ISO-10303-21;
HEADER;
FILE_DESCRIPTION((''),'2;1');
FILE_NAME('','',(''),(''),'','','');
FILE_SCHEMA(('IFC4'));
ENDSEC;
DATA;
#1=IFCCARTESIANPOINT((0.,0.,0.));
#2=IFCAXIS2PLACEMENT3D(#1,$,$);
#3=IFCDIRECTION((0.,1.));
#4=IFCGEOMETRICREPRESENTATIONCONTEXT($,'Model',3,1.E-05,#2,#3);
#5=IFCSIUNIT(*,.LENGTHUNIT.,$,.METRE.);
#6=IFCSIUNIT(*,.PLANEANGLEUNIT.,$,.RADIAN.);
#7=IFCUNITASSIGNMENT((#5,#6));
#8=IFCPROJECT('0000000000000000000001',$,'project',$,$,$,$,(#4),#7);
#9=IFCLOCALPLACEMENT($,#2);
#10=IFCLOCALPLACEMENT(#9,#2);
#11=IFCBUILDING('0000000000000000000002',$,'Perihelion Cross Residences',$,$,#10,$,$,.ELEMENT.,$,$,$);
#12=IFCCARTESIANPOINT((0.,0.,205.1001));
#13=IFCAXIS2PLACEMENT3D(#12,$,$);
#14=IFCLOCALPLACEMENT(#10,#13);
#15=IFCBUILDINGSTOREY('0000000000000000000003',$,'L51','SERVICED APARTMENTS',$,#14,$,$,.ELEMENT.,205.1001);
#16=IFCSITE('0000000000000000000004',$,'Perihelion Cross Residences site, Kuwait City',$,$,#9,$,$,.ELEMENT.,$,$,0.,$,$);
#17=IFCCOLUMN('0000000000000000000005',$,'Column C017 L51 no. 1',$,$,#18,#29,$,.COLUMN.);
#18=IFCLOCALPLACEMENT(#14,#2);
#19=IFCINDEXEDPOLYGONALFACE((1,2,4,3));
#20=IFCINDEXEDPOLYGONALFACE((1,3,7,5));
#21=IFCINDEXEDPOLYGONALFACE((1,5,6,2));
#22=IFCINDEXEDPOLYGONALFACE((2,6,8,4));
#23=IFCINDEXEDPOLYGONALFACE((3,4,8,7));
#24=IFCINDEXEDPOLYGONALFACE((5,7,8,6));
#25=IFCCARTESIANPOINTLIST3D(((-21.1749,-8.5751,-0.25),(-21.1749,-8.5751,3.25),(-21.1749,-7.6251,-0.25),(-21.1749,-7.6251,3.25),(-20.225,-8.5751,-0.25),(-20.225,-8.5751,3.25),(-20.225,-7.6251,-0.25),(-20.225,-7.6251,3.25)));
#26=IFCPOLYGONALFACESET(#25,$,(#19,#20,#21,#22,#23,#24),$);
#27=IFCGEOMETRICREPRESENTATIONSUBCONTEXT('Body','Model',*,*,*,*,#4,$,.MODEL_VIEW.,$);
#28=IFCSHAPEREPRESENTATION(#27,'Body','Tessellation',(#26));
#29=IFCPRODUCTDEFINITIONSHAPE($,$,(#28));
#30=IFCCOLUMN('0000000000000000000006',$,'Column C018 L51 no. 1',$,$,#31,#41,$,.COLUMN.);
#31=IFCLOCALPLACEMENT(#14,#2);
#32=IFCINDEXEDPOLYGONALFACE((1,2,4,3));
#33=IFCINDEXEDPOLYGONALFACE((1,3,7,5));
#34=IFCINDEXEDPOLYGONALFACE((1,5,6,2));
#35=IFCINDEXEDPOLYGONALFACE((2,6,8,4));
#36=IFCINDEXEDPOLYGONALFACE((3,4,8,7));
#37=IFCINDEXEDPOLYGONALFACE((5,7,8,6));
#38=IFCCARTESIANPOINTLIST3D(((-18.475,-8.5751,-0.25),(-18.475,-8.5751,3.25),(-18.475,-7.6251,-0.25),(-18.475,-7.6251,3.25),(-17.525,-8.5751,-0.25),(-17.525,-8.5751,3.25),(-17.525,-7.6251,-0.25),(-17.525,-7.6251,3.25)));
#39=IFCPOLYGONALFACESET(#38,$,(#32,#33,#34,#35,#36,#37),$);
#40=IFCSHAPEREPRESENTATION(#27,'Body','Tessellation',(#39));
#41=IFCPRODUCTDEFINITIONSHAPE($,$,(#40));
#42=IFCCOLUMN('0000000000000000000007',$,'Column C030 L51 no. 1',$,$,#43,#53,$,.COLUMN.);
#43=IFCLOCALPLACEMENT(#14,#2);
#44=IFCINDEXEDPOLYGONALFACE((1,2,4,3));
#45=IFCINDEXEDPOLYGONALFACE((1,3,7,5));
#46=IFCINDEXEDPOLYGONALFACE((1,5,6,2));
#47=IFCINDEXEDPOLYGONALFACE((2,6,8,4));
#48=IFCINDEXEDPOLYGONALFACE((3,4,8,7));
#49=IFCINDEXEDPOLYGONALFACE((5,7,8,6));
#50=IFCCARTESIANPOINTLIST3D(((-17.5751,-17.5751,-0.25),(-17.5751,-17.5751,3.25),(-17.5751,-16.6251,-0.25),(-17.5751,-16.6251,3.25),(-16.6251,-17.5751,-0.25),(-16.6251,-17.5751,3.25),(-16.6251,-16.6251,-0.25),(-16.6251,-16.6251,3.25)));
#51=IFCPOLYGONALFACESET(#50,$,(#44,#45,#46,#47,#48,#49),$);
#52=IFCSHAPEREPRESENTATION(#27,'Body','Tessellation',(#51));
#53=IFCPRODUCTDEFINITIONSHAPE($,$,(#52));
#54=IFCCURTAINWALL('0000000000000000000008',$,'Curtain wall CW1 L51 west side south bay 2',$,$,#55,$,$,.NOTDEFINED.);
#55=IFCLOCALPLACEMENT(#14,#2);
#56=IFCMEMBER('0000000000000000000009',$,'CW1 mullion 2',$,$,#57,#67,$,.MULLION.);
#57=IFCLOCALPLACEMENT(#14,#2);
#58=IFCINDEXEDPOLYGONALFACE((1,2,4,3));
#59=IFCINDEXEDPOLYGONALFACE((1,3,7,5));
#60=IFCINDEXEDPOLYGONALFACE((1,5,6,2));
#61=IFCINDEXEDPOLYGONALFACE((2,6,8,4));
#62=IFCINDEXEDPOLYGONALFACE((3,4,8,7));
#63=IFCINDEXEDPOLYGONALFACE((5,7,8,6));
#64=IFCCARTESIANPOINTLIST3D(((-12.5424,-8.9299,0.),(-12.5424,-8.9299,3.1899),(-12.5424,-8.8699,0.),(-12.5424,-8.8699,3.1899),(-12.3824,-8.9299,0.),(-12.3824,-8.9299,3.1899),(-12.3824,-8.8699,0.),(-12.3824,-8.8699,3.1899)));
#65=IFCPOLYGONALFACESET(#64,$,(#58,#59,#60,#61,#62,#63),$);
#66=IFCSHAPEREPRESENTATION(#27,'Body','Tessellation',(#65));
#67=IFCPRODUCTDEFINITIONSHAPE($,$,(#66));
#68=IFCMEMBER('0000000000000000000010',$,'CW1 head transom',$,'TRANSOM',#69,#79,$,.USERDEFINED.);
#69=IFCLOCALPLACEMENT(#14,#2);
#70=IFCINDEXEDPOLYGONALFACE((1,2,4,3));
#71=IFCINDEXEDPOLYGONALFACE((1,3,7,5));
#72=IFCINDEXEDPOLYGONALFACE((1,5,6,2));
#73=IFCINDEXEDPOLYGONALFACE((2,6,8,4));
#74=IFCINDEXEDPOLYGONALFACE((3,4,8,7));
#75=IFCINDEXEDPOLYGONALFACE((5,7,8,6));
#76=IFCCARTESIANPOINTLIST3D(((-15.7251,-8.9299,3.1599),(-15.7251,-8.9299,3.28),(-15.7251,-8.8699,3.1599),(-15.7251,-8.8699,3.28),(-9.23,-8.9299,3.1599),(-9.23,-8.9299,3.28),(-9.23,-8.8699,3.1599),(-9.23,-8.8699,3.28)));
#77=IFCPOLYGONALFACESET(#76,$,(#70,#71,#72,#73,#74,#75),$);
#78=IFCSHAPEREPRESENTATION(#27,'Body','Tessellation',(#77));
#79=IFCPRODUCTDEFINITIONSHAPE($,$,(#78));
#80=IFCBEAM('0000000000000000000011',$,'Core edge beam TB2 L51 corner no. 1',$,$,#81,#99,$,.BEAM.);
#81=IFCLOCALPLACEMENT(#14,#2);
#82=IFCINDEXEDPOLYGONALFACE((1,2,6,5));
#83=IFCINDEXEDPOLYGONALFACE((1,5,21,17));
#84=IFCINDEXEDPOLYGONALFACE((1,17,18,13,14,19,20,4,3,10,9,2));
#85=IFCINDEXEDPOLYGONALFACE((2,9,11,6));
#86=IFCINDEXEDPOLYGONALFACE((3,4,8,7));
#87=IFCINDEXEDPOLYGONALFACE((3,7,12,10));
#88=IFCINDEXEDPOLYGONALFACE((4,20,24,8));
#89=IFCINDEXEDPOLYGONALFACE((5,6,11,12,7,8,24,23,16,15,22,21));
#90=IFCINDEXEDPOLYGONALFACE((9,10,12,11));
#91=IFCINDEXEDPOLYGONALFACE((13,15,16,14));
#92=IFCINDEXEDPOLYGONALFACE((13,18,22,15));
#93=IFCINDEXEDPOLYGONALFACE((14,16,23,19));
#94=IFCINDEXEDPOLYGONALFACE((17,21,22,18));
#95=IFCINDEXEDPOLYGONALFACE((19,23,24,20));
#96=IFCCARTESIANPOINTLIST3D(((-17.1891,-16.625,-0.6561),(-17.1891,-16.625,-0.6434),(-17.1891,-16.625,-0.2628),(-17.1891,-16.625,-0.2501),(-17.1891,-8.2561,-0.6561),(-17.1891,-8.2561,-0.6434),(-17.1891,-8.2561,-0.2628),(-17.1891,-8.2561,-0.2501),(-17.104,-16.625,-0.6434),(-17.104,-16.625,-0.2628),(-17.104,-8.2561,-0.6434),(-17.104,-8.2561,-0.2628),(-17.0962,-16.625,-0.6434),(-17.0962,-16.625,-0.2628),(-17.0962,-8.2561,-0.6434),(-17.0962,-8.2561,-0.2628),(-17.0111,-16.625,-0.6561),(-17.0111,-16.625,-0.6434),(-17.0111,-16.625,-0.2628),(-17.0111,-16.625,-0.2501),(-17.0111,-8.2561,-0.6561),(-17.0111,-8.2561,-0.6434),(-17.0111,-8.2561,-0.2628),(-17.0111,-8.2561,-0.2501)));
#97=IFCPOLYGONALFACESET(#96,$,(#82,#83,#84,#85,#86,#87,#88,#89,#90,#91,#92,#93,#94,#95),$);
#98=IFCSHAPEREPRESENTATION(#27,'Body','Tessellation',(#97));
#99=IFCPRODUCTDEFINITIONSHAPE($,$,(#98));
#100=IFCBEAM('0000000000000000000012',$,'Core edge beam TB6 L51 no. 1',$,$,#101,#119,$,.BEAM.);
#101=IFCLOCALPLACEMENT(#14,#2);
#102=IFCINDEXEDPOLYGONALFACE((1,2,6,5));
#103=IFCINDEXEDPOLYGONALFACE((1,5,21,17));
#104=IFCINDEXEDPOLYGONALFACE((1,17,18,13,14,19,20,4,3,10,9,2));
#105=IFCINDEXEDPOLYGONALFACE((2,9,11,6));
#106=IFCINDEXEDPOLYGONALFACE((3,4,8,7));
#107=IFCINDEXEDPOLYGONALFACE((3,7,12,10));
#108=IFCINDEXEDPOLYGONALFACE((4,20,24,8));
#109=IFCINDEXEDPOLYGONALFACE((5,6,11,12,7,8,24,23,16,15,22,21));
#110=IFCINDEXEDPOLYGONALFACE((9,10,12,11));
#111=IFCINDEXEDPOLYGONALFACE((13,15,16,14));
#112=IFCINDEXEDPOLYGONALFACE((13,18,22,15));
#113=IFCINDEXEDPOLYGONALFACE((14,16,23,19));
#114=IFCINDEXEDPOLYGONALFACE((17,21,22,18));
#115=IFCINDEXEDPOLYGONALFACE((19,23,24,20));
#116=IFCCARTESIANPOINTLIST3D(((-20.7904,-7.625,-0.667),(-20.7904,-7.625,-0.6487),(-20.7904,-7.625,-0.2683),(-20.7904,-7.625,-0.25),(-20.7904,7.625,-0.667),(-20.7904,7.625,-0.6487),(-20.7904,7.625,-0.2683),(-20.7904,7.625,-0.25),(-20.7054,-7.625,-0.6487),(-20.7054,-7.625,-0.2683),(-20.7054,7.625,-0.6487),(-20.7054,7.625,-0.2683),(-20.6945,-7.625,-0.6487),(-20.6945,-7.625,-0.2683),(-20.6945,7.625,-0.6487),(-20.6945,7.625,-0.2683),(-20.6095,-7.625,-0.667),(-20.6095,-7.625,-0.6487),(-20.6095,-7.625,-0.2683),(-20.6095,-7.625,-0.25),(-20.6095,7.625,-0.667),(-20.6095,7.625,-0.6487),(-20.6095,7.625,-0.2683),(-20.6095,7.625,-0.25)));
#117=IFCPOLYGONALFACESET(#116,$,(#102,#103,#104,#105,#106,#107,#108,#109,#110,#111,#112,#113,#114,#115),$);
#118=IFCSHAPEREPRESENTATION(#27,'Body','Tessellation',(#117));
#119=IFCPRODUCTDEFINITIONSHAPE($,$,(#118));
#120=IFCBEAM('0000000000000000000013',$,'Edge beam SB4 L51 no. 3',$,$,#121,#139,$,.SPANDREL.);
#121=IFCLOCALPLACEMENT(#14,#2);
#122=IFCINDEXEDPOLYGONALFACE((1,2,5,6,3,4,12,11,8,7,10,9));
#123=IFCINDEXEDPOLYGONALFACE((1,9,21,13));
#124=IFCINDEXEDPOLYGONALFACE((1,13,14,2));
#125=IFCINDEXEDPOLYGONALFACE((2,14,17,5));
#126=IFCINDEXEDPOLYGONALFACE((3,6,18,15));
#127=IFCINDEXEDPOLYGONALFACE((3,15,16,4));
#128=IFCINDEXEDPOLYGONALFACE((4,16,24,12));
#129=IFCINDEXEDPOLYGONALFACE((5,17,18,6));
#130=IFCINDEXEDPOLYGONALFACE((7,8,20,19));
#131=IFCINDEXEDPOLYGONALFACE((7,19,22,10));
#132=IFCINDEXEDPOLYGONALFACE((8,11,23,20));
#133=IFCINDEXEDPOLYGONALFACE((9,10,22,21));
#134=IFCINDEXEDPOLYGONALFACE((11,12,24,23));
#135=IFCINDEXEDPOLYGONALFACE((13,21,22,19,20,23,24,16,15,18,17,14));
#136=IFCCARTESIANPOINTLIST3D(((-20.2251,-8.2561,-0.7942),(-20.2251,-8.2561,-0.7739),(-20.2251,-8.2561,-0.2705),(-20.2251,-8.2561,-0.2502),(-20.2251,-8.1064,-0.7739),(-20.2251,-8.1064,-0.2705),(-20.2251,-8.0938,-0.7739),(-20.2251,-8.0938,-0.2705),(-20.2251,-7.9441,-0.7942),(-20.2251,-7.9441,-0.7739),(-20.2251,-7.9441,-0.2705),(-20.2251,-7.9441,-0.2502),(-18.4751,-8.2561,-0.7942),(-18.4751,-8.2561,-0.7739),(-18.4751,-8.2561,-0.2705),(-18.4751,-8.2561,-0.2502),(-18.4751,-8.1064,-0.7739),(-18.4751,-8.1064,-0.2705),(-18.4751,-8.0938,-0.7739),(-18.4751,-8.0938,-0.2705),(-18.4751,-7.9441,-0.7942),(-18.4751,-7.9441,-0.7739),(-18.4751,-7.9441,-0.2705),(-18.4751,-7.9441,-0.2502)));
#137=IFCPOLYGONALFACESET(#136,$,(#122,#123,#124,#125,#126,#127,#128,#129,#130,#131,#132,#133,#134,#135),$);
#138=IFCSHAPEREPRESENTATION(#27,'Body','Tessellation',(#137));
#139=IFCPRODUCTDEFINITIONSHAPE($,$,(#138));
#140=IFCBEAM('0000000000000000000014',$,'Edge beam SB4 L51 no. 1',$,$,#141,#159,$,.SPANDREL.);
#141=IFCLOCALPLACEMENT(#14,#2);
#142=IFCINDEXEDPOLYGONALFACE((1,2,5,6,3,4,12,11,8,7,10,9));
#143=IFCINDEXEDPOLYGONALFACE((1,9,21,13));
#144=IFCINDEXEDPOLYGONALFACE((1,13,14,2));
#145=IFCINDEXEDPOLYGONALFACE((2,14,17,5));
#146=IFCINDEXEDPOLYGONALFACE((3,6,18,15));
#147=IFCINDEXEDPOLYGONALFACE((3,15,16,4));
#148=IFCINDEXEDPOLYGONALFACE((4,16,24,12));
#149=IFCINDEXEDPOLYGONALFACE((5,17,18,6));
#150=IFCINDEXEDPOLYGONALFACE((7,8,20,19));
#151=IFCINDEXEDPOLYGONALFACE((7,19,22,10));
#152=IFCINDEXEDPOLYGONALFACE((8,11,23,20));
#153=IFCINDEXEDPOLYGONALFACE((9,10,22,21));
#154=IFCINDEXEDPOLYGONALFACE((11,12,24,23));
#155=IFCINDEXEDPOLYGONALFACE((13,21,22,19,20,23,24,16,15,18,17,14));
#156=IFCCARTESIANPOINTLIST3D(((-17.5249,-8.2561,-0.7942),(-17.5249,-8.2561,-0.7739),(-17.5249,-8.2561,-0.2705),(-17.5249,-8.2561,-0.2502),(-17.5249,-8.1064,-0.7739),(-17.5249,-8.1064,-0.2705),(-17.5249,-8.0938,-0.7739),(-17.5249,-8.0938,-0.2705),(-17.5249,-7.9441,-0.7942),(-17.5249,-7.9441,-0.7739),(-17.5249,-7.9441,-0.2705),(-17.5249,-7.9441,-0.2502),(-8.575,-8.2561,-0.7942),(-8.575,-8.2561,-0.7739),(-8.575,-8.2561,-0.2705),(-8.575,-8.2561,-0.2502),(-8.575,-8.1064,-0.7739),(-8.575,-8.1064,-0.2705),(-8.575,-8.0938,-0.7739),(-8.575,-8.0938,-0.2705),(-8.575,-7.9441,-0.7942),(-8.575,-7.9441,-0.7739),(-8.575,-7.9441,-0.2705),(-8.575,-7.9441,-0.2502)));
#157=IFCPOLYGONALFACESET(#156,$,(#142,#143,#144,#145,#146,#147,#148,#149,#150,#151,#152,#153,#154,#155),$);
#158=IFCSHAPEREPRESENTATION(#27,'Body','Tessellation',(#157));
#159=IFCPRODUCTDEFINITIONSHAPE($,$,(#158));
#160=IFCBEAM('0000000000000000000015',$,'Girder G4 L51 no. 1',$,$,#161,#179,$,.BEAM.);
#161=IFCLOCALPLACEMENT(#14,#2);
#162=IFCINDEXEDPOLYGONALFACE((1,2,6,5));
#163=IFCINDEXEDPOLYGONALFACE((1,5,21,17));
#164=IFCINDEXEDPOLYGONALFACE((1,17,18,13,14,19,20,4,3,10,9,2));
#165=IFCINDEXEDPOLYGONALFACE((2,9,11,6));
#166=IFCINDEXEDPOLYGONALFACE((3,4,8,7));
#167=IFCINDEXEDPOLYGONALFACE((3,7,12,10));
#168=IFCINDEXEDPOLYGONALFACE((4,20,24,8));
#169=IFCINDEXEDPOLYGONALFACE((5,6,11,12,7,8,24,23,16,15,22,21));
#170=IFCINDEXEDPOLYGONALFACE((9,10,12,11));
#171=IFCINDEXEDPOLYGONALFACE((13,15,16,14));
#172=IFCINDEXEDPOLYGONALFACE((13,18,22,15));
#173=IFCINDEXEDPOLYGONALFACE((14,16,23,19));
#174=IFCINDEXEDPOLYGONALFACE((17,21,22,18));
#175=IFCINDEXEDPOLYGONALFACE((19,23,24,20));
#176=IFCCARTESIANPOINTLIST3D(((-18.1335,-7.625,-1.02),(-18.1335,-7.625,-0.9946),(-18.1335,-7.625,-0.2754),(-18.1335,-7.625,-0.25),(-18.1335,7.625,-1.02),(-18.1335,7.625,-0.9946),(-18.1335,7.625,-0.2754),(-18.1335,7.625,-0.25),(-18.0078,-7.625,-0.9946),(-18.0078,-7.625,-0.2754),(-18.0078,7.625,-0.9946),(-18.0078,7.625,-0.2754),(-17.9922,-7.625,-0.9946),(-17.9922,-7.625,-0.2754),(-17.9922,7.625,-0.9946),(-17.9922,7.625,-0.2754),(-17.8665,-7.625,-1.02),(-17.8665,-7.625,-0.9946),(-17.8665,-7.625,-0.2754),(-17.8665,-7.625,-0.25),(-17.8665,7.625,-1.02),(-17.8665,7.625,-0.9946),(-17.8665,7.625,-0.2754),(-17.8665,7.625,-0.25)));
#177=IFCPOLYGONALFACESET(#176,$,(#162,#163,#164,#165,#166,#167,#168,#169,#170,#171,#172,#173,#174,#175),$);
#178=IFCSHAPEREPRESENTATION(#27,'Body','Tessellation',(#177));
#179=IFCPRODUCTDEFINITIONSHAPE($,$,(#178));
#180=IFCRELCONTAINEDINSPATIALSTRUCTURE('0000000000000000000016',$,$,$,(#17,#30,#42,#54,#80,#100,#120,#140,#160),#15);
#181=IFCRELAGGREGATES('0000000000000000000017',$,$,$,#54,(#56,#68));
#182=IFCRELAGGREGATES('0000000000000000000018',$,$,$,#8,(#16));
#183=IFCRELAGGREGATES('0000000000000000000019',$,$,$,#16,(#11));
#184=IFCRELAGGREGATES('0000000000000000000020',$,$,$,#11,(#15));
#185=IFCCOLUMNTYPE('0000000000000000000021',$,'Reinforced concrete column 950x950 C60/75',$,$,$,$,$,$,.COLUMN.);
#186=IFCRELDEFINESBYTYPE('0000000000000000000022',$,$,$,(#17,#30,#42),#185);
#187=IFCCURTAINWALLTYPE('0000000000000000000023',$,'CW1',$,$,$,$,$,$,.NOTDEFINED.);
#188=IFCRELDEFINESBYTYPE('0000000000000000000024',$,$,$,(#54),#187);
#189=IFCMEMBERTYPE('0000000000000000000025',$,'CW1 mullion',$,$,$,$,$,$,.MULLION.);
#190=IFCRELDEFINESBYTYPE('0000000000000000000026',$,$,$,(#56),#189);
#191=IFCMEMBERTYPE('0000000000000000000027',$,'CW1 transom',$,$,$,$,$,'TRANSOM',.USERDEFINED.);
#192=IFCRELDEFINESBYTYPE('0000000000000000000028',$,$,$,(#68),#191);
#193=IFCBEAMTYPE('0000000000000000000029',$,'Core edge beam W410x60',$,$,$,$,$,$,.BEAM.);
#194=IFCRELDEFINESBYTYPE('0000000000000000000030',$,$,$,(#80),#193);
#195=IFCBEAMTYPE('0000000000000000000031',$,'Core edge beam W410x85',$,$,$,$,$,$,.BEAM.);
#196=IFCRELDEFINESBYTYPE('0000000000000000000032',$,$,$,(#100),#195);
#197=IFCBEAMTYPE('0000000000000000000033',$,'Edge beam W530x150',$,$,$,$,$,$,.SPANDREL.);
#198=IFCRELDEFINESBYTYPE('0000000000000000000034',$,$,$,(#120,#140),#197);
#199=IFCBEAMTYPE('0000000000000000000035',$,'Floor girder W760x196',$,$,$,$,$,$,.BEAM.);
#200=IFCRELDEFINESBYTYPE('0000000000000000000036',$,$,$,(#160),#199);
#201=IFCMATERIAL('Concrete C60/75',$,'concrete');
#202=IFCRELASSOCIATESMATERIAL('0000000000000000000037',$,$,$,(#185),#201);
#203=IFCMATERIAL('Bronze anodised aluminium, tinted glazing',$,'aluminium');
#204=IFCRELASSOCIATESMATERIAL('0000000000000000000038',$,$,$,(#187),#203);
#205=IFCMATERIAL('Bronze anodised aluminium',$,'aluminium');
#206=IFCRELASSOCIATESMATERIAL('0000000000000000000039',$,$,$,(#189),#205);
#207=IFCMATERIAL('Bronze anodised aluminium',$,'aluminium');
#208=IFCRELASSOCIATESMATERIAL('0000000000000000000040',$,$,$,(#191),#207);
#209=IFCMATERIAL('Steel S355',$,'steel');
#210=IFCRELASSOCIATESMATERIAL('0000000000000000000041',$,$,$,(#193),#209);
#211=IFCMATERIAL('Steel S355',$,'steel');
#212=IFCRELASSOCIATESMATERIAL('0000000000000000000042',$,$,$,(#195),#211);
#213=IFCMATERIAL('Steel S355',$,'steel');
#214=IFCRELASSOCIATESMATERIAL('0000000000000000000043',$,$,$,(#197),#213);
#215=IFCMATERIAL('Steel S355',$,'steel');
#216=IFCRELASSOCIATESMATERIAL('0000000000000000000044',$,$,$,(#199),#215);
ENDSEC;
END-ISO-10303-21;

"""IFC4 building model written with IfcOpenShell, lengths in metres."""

from ifc_helpers import new_model, si_unit, direction, frame, origin, origin_2d, place, context, subcontext, project, spatial, rectangle, i_section, extrude, material, material_profile, profile_set, type_object, element, aggregate, save


model = new_model("IFC4")

# Units and contexts
model_context = context("Model", 3, precision=1e-05, world=origin(), true_north=direction((0.0, 1.0)))
body_context = subcontext(model_context, "Body", "Model", "MODEL_VIEW")
ifc_project = project(units=[si_unit("LENGTHUNIT", "METRE"), si_unit("PLANEANGLEUNIT", "RADIAN")], contexts=[model_context])

# Site, building, storey
site_placement = place(None, origin())
site = spatial("IfcSite", under=ifc_project, at=site_placement, Name="Perihelion Cross Residences site, Kuwait City", CompositionType="ELEMENT", RefElevation=0.0)
building_placement = place(site_placement, origin())
building = spatial("IfcBuilding", under=site, at=building_placement, Name="Perihelion Cross Residences", CompositionType="ELEMENT")
storey_placement = place(building_placement, frame((0.0, 0.0, 205.1001)))
storey = spatial("IfcBuildingStorey", under=building, at=storey_placement, Name="L51", Description="SERVICED APARTMENTS", CompositionType="ELEMENT", Elevation=205.1001)

# Columns
ifc_material_1 = material(Name="Concrete C60/75", Category="concrete")
ifc_material_profile_1 = material_profile(ifc_material_1, rectangle(XDim=0.95, YDim=0.95, at=origin_2d()), Name="RC 950x950")
ifc_profile_set_1 = profile_set([ifc_material_profile_1], Name="Concrete C60/75")
column_type = type_object("IfcColumnType", Name="Reinforced concrete column 950x950 C60/75", PredefinedType="COLUMN", material=ifc_profile_set_1)
for number, where, z_axis, x_axis, name in (
    (1, (-20.7, -8.1001, -0.25), (0.0, 0.0, 1.0), (1.0, 0.0, 0.0), "Column C017 L51 no. 1"),
    (2, (-18.0, -8.1001, -0.25), (0.0, 0.0, 1.0), (1.0, 0.0, 0.0), "Column C018 L51 no. 1"),
    (3, (-17.1001, -17.1001, -0.25), (0.0, 0.0, 1.0), (1.0, 0.0, 0.0), "Column C030 L51 no. 1"),
):
    element("IfcColumn", number, at=place(storey_placement, frame(where, z_axis=z_axis, x_axis=x_axis)), inside=storey, type_object=column_type, Name=name, PredefinedType="COLUMN", context=body_context, shape_type="SweptSolid", body=[
        extrude(rectangle(XDim=0.95, YDim=0.95, at=origin_2d()), origin(), (0.0, 0.0, 1.0), 3.5),
    ])

# Curtain wall, members
ifc_material_2 = material(Name="Bronze anodised aluminium, tinted glazing", Category="aluminium")
curtain_wall_type = type_object("IfcCurtainWallType", Name="CW1", PredefinedType="NOTDEFINED", material=ifc_material_2)
curtain_wall_placement = place(storey_placement, origin())
curtain_wall = element("IfcCurtainWall", 4, at=curtain_wall_placement, inside=storey, type_object=curtain_wall_type, Name="Curtain wall CW1 L51 west side south bay 2", PredefinedType="NOTDEFINED")
ifc_material_3 = material(Name="Bronze anodised aluminium", Category="aluminium")
ifc_material_profile_2 = material_profile(ifc_material_3, rectangle(XDim=0.0601, YDim=0.1599, at=origin_2d()), Name="CW1 mullion")
ifc_profile_set_2 = profile_set([ifc_material_profile_2], Name="Bronze anodised aluminium")
member_type_1 = type_object("IfcMemberType", Name="CW1 mullion", PredefinedType="MULLION", material=ifc_profile_set_2)
member_1_placement = place(storey_placement, frame((-12.4624, -8.8999, 0.0), z_axis=(0.0, 0.0, 1.0), x_axis=(0.0, 1.0, 0.0)))
member_1 = element("IfcMember", 5, at=member_1_placement, type_object=member_type_1, Name="CW1 mullion 2", PredefinedType="MULLION", context=body_context, shape_type="SweptSolid", body=[
    extrude(rectangle(XDim=0.0601, YDim=0.1599, at=origin_2d()), origin(), (0.0, 0.0, 1.0), 3.1899),
])
ifc_material_4 = material(Name="Bronze anodised aluminium", Category="aluminium")
ifc_material_profile_3 = material_profile(ifc_material_4, rectangle(XDim=0.0601, YDim=0.1201, at=origin_2d()), Name="CW1 transom")
ifc_profile_set_3 = profile_set([ifc_material_profile_3], Name="Bronze anodised aluminium")
member_type_2 = type_object("IfcMemberType", Name="CW1 transom", ElementType="TRANSOM", PredefinedType="USERDEFINED", material=ifc_profile_set_3)
member_2_placement = place(storey_placement, frame((-15.7251, -8.8999, 3.22), z_axis=(1.0, 0.0, 0.0), x_axis=(0.0, 1.0, 0.0)))
member_2 = element("IfcMember", 6, at=member_2_placement, type_object=member_type_2, Name="CW1 head transom", ObjectType="TRANSOM", PredefinedType="USERDEFINED", context=body_context, shape_type="SweptSolid", body=[
    extrude(rectangle(XDim=0.0601, YDim=0.1201, at=origin_2d()), origin(), (0.0, 0.0, 1.0), 6.4951),
])

# Beams
ifc_material_5 = material(Name="Steel S355", Category="steel")
ifc_material_profile_4 = material_profile(ifc_material_5, i_section(OverallWidth=0.178, OverallDepth=0.406, WebThickness=0.0078, FlangeThickness=0.0127, at=origin_2d()), Name="W410x60")
ifc_profile_set_4 = profile_set([ifc_material_profile_4], Name="Steel S355")
beam_type_1 = type_object("IfcBeamType", Name="Core edge beam W410x60", PredefinedType="BEAM", material=ifc_profile_set_4)
beam_1_placement = place(storey_placement, frame((-17.1001, -8.2561, -0.4531), z_axis=(0.0, -1.0, 0.0), x_axis=(1.0, 0.0, 0.0)))
element("IfcBeam", 7, at=beam_1_placement, inside=storey, type_object=beam_type_1, Name="Core edge beam TB2 L51 corner no. 1", PredefinedType="BEAM", context=body_context, shape_type="SweptSolid", body=[
    extrude(i_section(OverallWidth=0.178, OverallDepth=0.406, WebThickness=0.0078, FlangeThickness=0.0127, at=origin_2d()), origin(), (0.0, 0.0, 1.0), 8.3689),
])
ifc_material_6 = material(Name="Steel S355", Category="steel")
ifc_material_profile_5 = material_profile(ifc_material_6, i_section(OverallWidth=0.1809, OverallDepth=0.417, WebThickness=0.011, FlangeThickness=0.0183, at=origin_2d()), Name="W410x85")
ifc_profile_set_5 = profile_set([ifc_material_profile_5], Name="Steel S355")
beam_type_2 = type_object("IfcBeamType", Name="Core edge beam W410x85", PredefinedType="BEAM", material=ifc_profile_set_5)
beam_2_placement = place(storey_placement, frame((-20.7, -7.625, -0.4585), z_axis=(0.0, 1.0, 0.0), x_axis=(-1.0, 0.0, 0.0)))
element("IfcBeam", 8, at=beam_2_placement, inside=storey, type_object=beam_type_2, Name="Core edge beam TB6 L51 no. 1", PredefinedType="BEAM", context=body_context, shape_type="SweptSolid", body=[
    extrude(i_section(OverallWidth=0.1809, OverallDepth=0.417, WebThickness=0.011, FlangeThickness=0.0183, at=origin_2d()), origin(), (0.0, 0.0, 1.0), 15.25),
])
ifc_material_7 = material(Name="Steel S355", Category="steel")
ifc_material_profile_6 = material_profile(ifc_material_7, i_section(OverallWidth=0.312, OverallDepth=0.5439, WebThickness=0.0127, FlangeThickness=0.0203, at=origin_2d()), Name="W530x150")
ifc_profile_set_6 = profile_set([ifc_material_profile_6], Name="Steel S355")
beam_type_3 = type_object("IfcBeamType", Name="Edge beam W530x150", PredefinedType="SPANDREL", material=ifc_profile_set_6)
beam_3_placement = place(storey_placement, frame((-20.2251, -8.1001, -0.5222), z_axis=(1.0, 0.0, 0.0), x_axis=(0.0, 1.0, 0.0)))
element("IfcBeam", 9, at=beam_3_placement, inside=storey, type_object=beam_type_3, Name="Edge beam SB4 L51 no. 3", PredefinedType="SPANDREL", context=body_context, shape_type="SweptSolid", body=[
    extrude(i_section(OverallWidth=0.312, OverallDepth=0.5439, WebThickness=0.0127, FlangeThickness=0.0203, at=origin_2d()), origin(), (0.0, 0.0, 1.0), 1.75),
])
beam_4_placement = place(storey_placement, frame((-17.5249, -8.1001, -0.5222), z_axis=(1.0, 0.0, 0.0), x_axis=(0.0, 1.0, 0.0)))
element("IfcBeam", 10, at=beam_4_placement, inside=storey, type_object=beam_type_3, Name="Edge beam SB4 L51 no. 1", PredefinedType="SPANDREL", context=body_context, shape_type="SweptSolid", body=[
    extrude(i_section(OverallWidth=0.312, OverallDepth=0.5439, WebThickness=0.0127, FlangeThickness=0.0203, at=origin_2d()), origin(), (0.0, 0.0, 1.0), 8.95),
])
ifc_material_8 = material(Name="Steel S355", Category="steel")
ifc_material_profile_7 = material_profile(ifc_material_8, i_section(OverallWidth=0.2671, OverallDepth=0.77, WebThickness=0.0156, FlangeThickness=0.0254, at=origin_2d()), Name="W760x196")
ifc_profile_set_7 = profile_set([ifc_material_profile_7], Name="Steel S355")
beam_type_4 = type_object("IfcBeamType", Name="Floor girder W760x196", PredefinedType="BEAM", material=ifc_profile_set_7)
beam_5_placement = place(storey_placement, frame((-18.0, -7.625, -0.635), z_axis=(0.0, 1.0, 0.0), x_axis=(-1.0, 0.0, 0.0)))
element("IfcBeam", 11, at=beam_5_placement, inside=storey, type_object=beam_type_4, Name="Girder G4 L51 no. 1", PredefinedType="BEAM", context=body_context, shape_type="SweptSolid", body=[
    extrude(i_section(OverallWidth=0.2671, OverallDepth=0.77, WebThickness=0.0156, FlangeThickness=0.0254, at=origin_2d()), origin(), (0.0, 0.0, 1.0), 15.25),
])

aggregate(curtain_wall, [member_1, member_2])

save(model, "model.ifc")
